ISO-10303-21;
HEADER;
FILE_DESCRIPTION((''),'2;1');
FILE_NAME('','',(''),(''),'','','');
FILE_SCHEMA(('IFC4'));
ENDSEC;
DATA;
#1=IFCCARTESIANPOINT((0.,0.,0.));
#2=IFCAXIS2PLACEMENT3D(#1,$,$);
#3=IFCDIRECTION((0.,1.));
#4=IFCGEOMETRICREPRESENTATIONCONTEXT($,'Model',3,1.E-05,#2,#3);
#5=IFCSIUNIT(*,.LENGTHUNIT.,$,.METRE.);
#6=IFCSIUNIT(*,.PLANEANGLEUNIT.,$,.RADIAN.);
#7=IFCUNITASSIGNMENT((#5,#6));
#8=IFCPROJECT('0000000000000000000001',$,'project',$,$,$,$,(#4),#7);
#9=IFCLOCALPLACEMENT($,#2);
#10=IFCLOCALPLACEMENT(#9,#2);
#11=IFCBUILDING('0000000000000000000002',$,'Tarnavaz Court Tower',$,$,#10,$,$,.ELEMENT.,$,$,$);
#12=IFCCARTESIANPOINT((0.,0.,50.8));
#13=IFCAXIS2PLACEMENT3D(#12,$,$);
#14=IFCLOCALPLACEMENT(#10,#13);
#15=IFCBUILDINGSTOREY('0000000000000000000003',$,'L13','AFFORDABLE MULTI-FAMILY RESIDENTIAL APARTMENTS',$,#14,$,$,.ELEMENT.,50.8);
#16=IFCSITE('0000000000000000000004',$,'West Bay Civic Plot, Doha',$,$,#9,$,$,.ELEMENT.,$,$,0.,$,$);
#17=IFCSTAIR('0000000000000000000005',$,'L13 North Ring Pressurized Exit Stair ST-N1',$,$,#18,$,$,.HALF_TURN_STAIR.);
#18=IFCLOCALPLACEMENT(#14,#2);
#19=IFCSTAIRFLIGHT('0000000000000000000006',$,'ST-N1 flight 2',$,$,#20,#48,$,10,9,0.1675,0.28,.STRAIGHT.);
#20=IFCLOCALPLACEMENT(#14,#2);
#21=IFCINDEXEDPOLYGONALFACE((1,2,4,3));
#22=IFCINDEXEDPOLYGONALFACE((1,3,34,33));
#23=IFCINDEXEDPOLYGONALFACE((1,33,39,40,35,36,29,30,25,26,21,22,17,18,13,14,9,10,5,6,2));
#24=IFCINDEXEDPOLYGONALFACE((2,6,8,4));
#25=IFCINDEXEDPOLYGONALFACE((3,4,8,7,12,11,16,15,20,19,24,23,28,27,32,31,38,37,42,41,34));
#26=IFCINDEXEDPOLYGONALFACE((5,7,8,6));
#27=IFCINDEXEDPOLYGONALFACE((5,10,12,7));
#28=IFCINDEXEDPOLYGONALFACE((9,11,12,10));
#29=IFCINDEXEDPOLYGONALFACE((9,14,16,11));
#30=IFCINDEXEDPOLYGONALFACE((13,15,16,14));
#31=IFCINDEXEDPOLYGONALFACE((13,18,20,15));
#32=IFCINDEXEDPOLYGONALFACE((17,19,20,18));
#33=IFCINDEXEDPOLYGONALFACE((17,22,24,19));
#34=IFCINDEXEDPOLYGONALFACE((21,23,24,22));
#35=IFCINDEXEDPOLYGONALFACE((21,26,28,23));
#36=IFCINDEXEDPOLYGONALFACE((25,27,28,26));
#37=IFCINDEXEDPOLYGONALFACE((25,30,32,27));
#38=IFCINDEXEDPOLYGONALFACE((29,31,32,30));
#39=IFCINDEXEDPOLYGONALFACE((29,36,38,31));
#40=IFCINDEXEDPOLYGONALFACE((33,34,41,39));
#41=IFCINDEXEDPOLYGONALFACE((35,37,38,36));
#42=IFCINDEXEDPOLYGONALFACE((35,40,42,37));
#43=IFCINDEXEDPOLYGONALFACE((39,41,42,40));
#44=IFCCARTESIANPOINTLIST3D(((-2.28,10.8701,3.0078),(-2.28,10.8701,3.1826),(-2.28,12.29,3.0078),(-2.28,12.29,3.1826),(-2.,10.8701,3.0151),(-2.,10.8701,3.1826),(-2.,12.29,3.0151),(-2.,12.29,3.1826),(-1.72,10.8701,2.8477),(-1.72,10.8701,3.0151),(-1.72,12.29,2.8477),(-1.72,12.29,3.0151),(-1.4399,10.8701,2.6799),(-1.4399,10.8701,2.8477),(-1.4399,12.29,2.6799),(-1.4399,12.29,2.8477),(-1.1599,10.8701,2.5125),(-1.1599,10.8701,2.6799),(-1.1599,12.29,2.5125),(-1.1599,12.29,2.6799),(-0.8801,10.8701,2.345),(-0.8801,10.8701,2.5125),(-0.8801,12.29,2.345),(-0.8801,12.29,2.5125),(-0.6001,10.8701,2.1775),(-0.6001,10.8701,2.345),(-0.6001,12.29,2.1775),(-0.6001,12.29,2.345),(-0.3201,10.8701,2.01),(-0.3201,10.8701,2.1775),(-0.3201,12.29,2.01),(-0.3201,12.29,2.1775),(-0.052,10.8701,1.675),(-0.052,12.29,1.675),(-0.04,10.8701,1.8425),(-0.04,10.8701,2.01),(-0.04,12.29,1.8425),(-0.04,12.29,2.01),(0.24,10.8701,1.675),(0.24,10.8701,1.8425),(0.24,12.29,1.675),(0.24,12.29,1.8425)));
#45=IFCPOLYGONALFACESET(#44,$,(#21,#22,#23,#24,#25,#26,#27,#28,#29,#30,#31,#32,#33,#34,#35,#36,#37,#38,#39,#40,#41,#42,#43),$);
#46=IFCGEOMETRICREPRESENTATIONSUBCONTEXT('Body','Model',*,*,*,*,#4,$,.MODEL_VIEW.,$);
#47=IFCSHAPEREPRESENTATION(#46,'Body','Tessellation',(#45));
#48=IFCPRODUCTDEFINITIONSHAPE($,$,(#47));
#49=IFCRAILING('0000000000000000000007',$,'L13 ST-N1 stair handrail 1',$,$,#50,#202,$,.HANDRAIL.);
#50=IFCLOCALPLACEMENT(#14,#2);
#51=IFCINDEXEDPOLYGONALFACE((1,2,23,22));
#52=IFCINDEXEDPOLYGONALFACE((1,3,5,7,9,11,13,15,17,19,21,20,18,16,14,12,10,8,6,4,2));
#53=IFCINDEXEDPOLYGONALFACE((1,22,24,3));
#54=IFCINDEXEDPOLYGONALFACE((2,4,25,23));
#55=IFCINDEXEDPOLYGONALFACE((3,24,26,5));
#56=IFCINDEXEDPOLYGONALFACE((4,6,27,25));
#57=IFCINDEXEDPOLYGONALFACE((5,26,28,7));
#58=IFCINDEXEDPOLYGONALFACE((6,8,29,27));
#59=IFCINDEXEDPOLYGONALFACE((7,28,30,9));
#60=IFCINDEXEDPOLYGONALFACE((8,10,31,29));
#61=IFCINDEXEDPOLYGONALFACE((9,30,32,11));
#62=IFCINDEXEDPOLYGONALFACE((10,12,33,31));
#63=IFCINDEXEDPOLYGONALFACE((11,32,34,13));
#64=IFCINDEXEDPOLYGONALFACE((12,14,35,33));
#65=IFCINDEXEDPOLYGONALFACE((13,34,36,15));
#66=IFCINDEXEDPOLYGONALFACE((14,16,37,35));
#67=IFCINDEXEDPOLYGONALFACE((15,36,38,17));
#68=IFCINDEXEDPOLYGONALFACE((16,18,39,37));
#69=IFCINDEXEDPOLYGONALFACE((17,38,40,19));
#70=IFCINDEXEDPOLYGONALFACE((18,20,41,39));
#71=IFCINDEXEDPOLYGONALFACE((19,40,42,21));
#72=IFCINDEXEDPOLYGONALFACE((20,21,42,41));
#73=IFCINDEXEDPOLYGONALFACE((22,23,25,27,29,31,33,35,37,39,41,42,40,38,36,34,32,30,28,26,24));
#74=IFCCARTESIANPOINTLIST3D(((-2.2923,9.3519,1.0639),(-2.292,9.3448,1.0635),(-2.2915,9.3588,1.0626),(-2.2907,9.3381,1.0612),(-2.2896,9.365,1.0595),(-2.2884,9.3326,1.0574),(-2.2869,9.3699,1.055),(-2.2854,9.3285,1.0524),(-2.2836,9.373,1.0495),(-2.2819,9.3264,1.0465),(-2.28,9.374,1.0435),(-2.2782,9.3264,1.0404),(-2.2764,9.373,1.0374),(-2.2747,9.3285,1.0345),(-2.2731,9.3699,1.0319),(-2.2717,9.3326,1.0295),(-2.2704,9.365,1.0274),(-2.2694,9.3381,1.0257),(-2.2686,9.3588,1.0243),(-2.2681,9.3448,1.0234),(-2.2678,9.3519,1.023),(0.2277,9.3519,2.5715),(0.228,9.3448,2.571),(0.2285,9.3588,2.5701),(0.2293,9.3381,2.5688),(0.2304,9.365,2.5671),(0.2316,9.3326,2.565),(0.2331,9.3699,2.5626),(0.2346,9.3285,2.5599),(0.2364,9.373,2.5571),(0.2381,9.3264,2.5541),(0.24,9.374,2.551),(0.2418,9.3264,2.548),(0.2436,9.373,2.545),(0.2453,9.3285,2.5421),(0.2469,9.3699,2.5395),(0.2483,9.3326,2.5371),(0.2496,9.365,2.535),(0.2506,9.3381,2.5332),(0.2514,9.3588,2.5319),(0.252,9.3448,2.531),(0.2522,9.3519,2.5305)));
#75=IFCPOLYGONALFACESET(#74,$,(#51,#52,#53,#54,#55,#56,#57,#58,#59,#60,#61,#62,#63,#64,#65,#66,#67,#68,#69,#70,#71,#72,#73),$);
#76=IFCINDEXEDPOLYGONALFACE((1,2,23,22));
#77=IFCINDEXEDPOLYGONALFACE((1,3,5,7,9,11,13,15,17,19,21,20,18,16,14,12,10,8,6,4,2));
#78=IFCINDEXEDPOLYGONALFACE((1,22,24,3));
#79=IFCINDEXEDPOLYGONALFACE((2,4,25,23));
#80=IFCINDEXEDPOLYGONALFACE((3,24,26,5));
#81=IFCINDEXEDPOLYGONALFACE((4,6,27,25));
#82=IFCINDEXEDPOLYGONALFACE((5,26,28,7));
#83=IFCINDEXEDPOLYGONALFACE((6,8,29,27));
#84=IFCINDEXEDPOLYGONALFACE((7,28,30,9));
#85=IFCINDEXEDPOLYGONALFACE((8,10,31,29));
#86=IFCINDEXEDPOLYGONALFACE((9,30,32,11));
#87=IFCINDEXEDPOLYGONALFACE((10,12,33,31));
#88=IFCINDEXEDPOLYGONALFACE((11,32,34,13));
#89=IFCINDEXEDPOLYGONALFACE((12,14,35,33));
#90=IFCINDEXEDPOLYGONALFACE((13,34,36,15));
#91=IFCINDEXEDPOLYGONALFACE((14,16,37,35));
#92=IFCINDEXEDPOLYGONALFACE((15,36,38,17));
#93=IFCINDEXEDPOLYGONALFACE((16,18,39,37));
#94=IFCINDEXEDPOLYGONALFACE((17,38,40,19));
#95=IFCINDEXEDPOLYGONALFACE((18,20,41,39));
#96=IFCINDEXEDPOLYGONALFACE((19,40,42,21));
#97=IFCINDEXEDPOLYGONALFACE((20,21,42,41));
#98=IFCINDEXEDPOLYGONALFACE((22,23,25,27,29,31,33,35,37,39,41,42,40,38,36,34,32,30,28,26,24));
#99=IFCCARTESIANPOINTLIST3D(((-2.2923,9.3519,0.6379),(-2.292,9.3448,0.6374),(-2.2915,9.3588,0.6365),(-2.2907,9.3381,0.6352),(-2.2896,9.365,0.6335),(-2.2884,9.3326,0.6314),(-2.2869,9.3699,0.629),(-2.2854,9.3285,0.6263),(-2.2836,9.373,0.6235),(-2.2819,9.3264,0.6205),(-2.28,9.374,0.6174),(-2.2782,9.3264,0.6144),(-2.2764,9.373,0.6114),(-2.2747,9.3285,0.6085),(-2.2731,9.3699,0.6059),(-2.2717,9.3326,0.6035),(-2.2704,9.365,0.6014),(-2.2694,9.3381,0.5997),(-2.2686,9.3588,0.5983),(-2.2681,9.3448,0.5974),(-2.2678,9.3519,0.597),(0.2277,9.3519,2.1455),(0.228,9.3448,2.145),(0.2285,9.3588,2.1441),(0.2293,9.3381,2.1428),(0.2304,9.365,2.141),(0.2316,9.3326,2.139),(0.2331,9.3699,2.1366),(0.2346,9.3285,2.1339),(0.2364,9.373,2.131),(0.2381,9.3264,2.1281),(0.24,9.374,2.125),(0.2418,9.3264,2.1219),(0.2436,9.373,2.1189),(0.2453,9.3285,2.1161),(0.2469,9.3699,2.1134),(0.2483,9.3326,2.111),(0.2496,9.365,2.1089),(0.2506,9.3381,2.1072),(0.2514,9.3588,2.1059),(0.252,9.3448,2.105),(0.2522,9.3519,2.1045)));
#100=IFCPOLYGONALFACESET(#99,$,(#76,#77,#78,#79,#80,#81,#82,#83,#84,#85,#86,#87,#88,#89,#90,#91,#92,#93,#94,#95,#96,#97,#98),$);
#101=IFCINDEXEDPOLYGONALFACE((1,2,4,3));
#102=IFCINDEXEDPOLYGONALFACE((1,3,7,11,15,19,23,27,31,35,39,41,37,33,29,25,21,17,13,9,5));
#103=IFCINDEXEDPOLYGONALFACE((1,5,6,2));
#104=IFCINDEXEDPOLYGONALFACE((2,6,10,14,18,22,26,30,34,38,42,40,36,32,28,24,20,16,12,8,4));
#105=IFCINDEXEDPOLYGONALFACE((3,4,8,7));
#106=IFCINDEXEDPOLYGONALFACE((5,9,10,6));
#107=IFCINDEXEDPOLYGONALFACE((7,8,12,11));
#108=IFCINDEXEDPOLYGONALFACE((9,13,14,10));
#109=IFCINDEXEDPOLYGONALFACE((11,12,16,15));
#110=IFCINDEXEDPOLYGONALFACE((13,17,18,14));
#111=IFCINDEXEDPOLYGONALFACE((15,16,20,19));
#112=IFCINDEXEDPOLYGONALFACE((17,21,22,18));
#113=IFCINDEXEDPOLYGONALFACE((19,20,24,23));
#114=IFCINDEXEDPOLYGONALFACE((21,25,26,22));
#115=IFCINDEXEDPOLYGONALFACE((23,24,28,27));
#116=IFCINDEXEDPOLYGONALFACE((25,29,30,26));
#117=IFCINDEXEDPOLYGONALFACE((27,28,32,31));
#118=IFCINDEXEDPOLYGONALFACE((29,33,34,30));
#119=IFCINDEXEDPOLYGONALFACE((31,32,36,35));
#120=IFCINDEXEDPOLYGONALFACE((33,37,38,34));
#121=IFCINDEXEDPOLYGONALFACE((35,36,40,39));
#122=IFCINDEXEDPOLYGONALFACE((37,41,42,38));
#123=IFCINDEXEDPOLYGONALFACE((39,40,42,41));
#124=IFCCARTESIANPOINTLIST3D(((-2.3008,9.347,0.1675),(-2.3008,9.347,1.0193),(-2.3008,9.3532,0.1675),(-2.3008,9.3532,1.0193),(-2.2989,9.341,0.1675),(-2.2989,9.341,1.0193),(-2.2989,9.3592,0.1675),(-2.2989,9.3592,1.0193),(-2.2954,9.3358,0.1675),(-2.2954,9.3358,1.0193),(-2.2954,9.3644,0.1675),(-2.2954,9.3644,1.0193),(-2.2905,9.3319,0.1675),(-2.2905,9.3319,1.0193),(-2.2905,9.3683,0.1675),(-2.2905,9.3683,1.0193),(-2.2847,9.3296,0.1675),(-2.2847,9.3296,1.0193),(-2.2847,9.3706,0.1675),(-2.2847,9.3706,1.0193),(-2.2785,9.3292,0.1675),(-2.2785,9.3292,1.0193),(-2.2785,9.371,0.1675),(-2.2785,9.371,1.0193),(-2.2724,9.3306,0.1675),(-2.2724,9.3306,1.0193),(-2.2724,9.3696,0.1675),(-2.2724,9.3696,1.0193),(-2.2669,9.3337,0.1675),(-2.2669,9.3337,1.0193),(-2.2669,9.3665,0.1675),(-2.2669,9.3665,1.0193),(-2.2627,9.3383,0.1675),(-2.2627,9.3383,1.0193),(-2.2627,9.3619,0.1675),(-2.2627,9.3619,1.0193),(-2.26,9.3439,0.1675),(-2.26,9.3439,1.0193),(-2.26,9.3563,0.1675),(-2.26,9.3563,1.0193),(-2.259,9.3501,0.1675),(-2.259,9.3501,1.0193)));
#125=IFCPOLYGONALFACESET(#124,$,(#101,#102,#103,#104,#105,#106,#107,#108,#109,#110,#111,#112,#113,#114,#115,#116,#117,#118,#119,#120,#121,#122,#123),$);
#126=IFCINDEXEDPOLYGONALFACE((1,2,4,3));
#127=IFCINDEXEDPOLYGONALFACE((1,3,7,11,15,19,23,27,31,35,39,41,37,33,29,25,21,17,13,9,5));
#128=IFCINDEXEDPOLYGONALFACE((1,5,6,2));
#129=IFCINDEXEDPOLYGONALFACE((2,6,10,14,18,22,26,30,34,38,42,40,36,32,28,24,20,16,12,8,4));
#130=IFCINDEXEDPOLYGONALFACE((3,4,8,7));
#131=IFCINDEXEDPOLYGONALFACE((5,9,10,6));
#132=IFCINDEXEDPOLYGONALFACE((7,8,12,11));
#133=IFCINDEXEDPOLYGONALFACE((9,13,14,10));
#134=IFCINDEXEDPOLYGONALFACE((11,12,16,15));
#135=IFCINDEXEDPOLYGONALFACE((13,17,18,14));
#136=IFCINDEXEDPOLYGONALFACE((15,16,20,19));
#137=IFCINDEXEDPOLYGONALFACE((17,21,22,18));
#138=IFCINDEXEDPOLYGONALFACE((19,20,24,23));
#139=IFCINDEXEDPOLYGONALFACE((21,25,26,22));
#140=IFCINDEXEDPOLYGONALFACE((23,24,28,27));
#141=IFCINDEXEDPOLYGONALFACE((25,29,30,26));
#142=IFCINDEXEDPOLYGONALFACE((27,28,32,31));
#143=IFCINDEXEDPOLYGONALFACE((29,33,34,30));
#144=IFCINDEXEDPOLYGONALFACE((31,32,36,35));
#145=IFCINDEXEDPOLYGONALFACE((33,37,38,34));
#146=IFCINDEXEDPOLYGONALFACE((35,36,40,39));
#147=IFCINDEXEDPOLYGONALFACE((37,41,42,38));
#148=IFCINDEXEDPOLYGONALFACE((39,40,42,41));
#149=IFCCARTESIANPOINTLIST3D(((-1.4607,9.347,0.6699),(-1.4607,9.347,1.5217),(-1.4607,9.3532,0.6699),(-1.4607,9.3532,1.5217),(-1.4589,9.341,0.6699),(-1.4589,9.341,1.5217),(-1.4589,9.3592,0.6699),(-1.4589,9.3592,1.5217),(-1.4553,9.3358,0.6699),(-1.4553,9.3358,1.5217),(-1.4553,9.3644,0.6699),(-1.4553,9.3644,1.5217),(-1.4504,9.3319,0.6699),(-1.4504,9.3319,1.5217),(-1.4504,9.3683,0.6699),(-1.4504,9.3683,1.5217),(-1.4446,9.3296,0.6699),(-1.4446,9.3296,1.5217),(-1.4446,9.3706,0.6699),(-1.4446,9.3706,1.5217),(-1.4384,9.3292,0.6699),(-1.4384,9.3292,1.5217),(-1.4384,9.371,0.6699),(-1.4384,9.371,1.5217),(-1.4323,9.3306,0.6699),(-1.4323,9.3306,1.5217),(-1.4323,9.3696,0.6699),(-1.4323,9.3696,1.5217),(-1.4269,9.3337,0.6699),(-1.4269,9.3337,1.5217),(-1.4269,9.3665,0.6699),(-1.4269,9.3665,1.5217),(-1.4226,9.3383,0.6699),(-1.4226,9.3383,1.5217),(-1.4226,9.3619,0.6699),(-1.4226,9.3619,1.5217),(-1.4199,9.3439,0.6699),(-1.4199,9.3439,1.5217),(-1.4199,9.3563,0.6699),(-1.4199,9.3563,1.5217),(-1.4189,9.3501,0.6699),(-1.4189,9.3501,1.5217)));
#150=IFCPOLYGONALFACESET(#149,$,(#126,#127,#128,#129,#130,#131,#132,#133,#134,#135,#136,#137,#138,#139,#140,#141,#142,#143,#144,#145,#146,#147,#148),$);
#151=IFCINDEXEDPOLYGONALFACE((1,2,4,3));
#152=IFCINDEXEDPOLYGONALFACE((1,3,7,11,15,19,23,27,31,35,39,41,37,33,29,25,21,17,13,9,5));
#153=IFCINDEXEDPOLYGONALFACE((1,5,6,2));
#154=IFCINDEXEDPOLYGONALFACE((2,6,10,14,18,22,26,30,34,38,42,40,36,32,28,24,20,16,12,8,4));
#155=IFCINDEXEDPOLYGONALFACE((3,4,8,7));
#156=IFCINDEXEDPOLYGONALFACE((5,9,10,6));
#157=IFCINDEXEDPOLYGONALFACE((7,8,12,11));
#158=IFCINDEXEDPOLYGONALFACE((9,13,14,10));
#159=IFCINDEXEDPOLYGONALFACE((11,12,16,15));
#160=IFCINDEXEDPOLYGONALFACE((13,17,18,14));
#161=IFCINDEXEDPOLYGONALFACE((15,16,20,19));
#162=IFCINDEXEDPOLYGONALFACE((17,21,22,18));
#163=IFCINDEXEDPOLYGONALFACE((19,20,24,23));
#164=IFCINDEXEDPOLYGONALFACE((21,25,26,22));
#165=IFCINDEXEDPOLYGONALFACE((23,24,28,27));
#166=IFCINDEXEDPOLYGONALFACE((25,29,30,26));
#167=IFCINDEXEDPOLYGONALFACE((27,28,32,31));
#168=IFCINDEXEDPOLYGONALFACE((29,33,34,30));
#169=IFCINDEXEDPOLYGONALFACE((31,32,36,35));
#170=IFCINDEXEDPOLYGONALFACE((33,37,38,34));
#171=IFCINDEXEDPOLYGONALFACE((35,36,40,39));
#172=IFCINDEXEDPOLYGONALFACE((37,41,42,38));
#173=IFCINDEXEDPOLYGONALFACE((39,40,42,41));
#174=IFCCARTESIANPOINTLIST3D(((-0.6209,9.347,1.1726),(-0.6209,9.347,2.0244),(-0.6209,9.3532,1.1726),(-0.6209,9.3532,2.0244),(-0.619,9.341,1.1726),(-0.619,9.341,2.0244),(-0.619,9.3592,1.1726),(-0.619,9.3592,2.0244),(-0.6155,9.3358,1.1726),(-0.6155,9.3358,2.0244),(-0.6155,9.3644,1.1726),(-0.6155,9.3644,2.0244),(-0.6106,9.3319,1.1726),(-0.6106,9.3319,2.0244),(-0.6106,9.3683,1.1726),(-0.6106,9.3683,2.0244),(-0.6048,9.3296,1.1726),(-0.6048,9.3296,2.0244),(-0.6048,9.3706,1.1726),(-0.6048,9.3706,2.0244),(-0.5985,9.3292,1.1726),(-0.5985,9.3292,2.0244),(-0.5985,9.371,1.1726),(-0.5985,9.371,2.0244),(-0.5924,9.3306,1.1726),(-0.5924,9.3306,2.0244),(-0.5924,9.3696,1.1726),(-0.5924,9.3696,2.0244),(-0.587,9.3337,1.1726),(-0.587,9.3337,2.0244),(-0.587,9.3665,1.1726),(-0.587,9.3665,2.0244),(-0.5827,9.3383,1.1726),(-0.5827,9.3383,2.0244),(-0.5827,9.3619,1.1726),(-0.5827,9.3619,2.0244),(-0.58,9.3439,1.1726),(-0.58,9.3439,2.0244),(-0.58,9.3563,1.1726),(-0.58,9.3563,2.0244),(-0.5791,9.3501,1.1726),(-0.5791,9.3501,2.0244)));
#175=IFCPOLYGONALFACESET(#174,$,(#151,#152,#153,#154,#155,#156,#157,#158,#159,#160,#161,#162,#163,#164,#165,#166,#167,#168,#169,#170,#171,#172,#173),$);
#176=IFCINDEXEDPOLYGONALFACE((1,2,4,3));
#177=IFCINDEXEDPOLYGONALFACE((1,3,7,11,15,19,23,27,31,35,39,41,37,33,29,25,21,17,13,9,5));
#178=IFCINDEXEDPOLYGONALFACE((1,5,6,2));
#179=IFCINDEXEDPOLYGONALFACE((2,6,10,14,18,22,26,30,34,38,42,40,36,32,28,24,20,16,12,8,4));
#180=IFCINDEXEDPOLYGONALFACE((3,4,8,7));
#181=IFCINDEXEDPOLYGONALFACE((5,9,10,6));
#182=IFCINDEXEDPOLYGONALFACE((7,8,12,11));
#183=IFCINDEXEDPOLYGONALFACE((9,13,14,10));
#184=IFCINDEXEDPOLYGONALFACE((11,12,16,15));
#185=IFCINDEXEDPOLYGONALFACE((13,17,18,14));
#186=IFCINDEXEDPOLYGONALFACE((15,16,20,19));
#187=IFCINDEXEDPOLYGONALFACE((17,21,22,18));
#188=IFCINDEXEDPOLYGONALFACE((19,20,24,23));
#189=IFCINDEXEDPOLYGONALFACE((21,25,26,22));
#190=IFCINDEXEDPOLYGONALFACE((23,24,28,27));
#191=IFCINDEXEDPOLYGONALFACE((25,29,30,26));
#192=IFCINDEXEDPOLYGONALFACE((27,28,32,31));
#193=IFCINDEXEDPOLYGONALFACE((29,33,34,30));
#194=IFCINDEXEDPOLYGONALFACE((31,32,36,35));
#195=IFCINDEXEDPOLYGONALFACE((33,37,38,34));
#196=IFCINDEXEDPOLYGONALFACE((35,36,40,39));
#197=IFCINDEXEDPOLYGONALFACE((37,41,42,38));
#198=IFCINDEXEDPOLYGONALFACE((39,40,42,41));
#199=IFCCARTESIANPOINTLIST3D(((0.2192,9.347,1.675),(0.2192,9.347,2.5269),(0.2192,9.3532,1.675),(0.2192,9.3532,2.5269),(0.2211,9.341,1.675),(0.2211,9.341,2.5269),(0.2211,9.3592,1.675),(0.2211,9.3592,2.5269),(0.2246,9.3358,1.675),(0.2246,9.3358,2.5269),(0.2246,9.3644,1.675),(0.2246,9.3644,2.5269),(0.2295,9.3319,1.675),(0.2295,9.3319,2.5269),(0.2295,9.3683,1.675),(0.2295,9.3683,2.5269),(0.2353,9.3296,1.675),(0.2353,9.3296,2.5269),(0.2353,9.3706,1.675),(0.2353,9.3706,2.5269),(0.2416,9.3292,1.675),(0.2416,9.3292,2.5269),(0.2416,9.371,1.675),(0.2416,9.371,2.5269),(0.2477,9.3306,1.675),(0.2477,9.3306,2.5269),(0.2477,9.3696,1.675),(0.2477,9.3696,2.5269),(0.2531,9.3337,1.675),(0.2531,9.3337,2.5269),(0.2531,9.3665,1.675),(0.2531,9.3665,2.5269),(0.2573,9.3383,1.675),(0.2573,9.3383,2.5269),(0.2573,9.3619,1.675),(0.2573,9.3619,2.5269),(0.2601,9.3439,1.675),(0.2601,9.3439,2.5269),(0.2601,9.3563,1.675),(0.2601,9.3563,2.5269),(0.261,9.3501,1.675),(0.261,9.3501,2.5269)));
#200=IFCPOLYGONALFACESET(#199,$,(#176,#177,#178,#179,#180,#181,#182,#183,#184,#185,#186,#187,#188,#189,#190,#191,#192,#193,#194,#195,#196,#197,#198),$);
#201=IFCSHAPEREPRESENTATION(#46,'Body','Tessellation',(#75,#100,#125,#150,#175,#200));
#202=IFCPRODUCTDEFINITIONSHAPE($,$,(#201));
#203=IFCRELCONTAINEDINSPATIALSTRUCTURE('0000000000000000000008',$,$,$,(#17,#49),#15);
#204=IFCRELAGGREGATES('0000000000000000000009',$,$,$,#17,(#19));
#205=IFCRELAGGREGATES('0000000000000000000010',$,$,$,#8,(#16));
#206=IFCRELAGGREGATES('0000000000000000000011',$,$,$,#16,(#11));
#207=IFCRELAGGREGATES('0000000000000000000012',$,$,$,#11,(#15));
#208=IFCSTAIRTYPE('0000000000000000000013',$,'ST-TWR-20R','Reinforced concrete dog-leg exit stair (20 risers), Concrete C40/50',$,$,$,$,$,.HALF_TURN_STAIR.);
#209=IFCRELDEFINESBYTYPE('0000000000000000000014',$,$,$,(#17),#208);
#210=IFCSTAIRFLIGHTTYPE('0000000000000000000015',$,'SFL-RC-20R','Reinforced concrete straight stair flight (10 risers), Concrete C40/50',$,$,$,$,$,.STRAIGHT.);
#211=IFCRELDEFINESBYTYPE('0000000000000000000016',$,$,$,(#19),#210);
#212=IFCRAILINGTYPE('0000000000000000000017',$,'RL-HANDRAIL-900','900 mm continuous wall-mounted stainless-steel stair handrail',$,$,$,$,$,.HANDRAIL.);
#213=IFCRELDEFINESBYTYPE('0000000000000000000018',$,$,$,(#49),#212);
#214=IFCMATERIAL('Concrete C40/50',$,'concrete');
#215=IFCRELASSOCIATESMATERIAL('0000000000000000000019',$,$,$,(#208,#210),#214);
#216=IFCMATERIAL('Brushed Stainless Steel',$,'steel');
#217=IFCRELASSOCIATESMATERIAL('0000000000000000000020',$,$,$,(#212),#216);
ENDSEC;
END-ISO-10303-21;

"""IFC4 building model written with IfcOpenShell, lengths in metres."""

from ifc_helpers import new_model, si_unit, direction, frame, origin, origin_2d, place, context, subcontext, project, spatial, polyline, circle, outline, extrude, material, type_object, element, aggregate, save


model = new_model("IFC4")

# Units and contexts
model_context = context("Model", 3, precision=1e-05, world=origin(), true_north=direction((0.0, 1.0)))
body_context = subcontext(model_context, "Body", "Model", "MODEL_VIEW")
ifc_project = project(units=[si_unit("LENGTHUNIT", "METRE"), si_unit("PLANEANGLEUNIT", "RADIAN")], contexts=[model_context])

# Site, building, storey
site_placement = place(None, origin())
site = spatial("IfcSite", under=ifc_project, at=site_placement, Name="West Bay Civic Plot, Doha", CompositionType="ELEMENT", RefElevation=0.0)
building_placement = place(site_placement, origin())
building = spatial("IfcBuilding", under=site, at=building_placement, Name="Tarnavaz Court Tower", CompositionType="ELEMENT")
storey_placement = place(building_placement, frame((0.0, 0.0, 50.8)))
storey = spatial("IfcBuildingStorey", under=building, at=storey_placement, Name="L13", Description="AFFORDABLE MULTI-FAMILY RESIDENTIAL APARTMENTS", CompositionType="ELEMENT", Elevation=50.8)

# Stair
ifc_material_1 = material(Name="Concrete C40/50", Category="concrete")
stair_type = type_object("IfcStairType", Name="ST-TWR-20R", Description="Reinforced concrete dog-leg exit stair (20 risers), Concrete C40/50", PredefinedType="HALF_TURN_STAIR", material=ifc_material_1)
stair_1_placement = place(storey_placement, origin())
stair_1 = element("IfcStair", 1, at=stair_1_placement, inside=storey, type_object=stair_type, Name="L13 North Ring Pressurized Exit Stair ST-N1", PredefinedType="HALF_TURN_STAIR")

# Stair flight
stair_flight_type = type_object("IfcStairFlightType", Name="SFL-RC-20R", Description="Reinforced concrete straight stair flight (10 risers), Concrete C40/50", PredefinedType="STRAIGHT", material=ifc_material_1)
stair_flight_placement = place(storey_placement, frame((0.24, 11.5801, 1.675), z_axis=(0.0, 0.0, 1.0), x_axis=(-1.0, 0.0, 0.0)))
stair_flight = element("IfcStairFlight", 2, at=stair_flight_placement, type_object=stair_flight_type, Name="ST-N1 flight 2", NumberOfRisers=10, NumberOfTreads=9, PredefinedType="STRAIGHT", RiserHeight=0.1675, TreadLength=0.28, context=body_context, shape_type="SweptSolid", body=[
    extrude(outline(polyline([(0.0, 0.0), (0.0, 0.1675), (0.28, 0.1675), (0.28, 0.335), (0.5601, 0.335), (0.5601, 0.5024), (0.8401, 0.5024), (0.8401, 0.6699), (1.1201, 0.6699), (1.1201, 0.8374), (1.3999, 0.8374), (1.3999, 1.0049), (1.6799, 1.0049), (1.6799, 1.1726), (1.96, 1.1726), (1.96, 1.3401), (2.24, 1.3401), (2.24, 1.5076), (2.52, 1.5076), (2.52, 1.675), (2.52, 1.3328), (0.292, 0.0), (0.0, 0.0)])), frame((0.0, 0.71, 0.0), z_axis=(0.0, -1.0, 0.0), x_axis=(1.0, 0.0, 0.0)), (0.0, 0.0, 1.0), 1.4199),
])
aggregate(stair_1, [stair_flight])

# Railing
ifc_material_2 = material(Name="Brushed Stainless Steel", Category="steel")
railing_type_1 = type_object("IfcRailingType", Name="RL-HANDRAIL-900", Description="900 mm continuous wall-mounted stainless-steel stair handrail", PredefinedType="HANDRAIL", material=ifc_material_2)
railing_1_placement = place(storey_placement, frame((-2.28, 9.3501, 0.1675)))
element("IfcRailing", 3, at=railing_1_placement, inside=storey, type_object=railing_type_1, Name="L13 ST-N1 stair handrail 1", PredefinedType="HANDRAIL", context=body_context, shape_type="SweptSolid", body=[
    extrude(circle(Radius=0.0239, at=origin_2d()), frame((0.0, 0.0, 0.876), z_axis=(0.85816, 0.0, 0.513383), x_axis=(0.0, 1.0, 0.0)), (0.0, 0.0, 1.0), 2.9365),
    extrude(circle(Radius=0.0239, at=origin_2d()), frame((0.0, 0.0, 0.45), z_axis=(0.85816, 0.0, 0.513383), x_axis=(0.0, 1.0, 0.0)), (0.0, 0.0, 1.0), 2.9365),
    extrude(circle(Radius=0.021, at=origin_2d()), origin(), (0.0, 0.0, 1.0), 0.8518),
    extrude(circle(Radius=0.021, at=origin_2d()), frame((0.8401, 0.0, 0.5024)), (0.0, 0.0, 1.0), 0.8518),
    extrude(circle(Radius=0.021, at=origin_2d()), frame((1.6799, 0.0, 1.0051)), (0.0, 0.0, 1.0), 0.8518),
    extrude(circle(Radius=0.021, at=origin_2d()), frame((2.52, 0.0, 1.5076)), (0.0, 0.0, 1.0), 0.8518),
])

save(model, "model.ifc")
